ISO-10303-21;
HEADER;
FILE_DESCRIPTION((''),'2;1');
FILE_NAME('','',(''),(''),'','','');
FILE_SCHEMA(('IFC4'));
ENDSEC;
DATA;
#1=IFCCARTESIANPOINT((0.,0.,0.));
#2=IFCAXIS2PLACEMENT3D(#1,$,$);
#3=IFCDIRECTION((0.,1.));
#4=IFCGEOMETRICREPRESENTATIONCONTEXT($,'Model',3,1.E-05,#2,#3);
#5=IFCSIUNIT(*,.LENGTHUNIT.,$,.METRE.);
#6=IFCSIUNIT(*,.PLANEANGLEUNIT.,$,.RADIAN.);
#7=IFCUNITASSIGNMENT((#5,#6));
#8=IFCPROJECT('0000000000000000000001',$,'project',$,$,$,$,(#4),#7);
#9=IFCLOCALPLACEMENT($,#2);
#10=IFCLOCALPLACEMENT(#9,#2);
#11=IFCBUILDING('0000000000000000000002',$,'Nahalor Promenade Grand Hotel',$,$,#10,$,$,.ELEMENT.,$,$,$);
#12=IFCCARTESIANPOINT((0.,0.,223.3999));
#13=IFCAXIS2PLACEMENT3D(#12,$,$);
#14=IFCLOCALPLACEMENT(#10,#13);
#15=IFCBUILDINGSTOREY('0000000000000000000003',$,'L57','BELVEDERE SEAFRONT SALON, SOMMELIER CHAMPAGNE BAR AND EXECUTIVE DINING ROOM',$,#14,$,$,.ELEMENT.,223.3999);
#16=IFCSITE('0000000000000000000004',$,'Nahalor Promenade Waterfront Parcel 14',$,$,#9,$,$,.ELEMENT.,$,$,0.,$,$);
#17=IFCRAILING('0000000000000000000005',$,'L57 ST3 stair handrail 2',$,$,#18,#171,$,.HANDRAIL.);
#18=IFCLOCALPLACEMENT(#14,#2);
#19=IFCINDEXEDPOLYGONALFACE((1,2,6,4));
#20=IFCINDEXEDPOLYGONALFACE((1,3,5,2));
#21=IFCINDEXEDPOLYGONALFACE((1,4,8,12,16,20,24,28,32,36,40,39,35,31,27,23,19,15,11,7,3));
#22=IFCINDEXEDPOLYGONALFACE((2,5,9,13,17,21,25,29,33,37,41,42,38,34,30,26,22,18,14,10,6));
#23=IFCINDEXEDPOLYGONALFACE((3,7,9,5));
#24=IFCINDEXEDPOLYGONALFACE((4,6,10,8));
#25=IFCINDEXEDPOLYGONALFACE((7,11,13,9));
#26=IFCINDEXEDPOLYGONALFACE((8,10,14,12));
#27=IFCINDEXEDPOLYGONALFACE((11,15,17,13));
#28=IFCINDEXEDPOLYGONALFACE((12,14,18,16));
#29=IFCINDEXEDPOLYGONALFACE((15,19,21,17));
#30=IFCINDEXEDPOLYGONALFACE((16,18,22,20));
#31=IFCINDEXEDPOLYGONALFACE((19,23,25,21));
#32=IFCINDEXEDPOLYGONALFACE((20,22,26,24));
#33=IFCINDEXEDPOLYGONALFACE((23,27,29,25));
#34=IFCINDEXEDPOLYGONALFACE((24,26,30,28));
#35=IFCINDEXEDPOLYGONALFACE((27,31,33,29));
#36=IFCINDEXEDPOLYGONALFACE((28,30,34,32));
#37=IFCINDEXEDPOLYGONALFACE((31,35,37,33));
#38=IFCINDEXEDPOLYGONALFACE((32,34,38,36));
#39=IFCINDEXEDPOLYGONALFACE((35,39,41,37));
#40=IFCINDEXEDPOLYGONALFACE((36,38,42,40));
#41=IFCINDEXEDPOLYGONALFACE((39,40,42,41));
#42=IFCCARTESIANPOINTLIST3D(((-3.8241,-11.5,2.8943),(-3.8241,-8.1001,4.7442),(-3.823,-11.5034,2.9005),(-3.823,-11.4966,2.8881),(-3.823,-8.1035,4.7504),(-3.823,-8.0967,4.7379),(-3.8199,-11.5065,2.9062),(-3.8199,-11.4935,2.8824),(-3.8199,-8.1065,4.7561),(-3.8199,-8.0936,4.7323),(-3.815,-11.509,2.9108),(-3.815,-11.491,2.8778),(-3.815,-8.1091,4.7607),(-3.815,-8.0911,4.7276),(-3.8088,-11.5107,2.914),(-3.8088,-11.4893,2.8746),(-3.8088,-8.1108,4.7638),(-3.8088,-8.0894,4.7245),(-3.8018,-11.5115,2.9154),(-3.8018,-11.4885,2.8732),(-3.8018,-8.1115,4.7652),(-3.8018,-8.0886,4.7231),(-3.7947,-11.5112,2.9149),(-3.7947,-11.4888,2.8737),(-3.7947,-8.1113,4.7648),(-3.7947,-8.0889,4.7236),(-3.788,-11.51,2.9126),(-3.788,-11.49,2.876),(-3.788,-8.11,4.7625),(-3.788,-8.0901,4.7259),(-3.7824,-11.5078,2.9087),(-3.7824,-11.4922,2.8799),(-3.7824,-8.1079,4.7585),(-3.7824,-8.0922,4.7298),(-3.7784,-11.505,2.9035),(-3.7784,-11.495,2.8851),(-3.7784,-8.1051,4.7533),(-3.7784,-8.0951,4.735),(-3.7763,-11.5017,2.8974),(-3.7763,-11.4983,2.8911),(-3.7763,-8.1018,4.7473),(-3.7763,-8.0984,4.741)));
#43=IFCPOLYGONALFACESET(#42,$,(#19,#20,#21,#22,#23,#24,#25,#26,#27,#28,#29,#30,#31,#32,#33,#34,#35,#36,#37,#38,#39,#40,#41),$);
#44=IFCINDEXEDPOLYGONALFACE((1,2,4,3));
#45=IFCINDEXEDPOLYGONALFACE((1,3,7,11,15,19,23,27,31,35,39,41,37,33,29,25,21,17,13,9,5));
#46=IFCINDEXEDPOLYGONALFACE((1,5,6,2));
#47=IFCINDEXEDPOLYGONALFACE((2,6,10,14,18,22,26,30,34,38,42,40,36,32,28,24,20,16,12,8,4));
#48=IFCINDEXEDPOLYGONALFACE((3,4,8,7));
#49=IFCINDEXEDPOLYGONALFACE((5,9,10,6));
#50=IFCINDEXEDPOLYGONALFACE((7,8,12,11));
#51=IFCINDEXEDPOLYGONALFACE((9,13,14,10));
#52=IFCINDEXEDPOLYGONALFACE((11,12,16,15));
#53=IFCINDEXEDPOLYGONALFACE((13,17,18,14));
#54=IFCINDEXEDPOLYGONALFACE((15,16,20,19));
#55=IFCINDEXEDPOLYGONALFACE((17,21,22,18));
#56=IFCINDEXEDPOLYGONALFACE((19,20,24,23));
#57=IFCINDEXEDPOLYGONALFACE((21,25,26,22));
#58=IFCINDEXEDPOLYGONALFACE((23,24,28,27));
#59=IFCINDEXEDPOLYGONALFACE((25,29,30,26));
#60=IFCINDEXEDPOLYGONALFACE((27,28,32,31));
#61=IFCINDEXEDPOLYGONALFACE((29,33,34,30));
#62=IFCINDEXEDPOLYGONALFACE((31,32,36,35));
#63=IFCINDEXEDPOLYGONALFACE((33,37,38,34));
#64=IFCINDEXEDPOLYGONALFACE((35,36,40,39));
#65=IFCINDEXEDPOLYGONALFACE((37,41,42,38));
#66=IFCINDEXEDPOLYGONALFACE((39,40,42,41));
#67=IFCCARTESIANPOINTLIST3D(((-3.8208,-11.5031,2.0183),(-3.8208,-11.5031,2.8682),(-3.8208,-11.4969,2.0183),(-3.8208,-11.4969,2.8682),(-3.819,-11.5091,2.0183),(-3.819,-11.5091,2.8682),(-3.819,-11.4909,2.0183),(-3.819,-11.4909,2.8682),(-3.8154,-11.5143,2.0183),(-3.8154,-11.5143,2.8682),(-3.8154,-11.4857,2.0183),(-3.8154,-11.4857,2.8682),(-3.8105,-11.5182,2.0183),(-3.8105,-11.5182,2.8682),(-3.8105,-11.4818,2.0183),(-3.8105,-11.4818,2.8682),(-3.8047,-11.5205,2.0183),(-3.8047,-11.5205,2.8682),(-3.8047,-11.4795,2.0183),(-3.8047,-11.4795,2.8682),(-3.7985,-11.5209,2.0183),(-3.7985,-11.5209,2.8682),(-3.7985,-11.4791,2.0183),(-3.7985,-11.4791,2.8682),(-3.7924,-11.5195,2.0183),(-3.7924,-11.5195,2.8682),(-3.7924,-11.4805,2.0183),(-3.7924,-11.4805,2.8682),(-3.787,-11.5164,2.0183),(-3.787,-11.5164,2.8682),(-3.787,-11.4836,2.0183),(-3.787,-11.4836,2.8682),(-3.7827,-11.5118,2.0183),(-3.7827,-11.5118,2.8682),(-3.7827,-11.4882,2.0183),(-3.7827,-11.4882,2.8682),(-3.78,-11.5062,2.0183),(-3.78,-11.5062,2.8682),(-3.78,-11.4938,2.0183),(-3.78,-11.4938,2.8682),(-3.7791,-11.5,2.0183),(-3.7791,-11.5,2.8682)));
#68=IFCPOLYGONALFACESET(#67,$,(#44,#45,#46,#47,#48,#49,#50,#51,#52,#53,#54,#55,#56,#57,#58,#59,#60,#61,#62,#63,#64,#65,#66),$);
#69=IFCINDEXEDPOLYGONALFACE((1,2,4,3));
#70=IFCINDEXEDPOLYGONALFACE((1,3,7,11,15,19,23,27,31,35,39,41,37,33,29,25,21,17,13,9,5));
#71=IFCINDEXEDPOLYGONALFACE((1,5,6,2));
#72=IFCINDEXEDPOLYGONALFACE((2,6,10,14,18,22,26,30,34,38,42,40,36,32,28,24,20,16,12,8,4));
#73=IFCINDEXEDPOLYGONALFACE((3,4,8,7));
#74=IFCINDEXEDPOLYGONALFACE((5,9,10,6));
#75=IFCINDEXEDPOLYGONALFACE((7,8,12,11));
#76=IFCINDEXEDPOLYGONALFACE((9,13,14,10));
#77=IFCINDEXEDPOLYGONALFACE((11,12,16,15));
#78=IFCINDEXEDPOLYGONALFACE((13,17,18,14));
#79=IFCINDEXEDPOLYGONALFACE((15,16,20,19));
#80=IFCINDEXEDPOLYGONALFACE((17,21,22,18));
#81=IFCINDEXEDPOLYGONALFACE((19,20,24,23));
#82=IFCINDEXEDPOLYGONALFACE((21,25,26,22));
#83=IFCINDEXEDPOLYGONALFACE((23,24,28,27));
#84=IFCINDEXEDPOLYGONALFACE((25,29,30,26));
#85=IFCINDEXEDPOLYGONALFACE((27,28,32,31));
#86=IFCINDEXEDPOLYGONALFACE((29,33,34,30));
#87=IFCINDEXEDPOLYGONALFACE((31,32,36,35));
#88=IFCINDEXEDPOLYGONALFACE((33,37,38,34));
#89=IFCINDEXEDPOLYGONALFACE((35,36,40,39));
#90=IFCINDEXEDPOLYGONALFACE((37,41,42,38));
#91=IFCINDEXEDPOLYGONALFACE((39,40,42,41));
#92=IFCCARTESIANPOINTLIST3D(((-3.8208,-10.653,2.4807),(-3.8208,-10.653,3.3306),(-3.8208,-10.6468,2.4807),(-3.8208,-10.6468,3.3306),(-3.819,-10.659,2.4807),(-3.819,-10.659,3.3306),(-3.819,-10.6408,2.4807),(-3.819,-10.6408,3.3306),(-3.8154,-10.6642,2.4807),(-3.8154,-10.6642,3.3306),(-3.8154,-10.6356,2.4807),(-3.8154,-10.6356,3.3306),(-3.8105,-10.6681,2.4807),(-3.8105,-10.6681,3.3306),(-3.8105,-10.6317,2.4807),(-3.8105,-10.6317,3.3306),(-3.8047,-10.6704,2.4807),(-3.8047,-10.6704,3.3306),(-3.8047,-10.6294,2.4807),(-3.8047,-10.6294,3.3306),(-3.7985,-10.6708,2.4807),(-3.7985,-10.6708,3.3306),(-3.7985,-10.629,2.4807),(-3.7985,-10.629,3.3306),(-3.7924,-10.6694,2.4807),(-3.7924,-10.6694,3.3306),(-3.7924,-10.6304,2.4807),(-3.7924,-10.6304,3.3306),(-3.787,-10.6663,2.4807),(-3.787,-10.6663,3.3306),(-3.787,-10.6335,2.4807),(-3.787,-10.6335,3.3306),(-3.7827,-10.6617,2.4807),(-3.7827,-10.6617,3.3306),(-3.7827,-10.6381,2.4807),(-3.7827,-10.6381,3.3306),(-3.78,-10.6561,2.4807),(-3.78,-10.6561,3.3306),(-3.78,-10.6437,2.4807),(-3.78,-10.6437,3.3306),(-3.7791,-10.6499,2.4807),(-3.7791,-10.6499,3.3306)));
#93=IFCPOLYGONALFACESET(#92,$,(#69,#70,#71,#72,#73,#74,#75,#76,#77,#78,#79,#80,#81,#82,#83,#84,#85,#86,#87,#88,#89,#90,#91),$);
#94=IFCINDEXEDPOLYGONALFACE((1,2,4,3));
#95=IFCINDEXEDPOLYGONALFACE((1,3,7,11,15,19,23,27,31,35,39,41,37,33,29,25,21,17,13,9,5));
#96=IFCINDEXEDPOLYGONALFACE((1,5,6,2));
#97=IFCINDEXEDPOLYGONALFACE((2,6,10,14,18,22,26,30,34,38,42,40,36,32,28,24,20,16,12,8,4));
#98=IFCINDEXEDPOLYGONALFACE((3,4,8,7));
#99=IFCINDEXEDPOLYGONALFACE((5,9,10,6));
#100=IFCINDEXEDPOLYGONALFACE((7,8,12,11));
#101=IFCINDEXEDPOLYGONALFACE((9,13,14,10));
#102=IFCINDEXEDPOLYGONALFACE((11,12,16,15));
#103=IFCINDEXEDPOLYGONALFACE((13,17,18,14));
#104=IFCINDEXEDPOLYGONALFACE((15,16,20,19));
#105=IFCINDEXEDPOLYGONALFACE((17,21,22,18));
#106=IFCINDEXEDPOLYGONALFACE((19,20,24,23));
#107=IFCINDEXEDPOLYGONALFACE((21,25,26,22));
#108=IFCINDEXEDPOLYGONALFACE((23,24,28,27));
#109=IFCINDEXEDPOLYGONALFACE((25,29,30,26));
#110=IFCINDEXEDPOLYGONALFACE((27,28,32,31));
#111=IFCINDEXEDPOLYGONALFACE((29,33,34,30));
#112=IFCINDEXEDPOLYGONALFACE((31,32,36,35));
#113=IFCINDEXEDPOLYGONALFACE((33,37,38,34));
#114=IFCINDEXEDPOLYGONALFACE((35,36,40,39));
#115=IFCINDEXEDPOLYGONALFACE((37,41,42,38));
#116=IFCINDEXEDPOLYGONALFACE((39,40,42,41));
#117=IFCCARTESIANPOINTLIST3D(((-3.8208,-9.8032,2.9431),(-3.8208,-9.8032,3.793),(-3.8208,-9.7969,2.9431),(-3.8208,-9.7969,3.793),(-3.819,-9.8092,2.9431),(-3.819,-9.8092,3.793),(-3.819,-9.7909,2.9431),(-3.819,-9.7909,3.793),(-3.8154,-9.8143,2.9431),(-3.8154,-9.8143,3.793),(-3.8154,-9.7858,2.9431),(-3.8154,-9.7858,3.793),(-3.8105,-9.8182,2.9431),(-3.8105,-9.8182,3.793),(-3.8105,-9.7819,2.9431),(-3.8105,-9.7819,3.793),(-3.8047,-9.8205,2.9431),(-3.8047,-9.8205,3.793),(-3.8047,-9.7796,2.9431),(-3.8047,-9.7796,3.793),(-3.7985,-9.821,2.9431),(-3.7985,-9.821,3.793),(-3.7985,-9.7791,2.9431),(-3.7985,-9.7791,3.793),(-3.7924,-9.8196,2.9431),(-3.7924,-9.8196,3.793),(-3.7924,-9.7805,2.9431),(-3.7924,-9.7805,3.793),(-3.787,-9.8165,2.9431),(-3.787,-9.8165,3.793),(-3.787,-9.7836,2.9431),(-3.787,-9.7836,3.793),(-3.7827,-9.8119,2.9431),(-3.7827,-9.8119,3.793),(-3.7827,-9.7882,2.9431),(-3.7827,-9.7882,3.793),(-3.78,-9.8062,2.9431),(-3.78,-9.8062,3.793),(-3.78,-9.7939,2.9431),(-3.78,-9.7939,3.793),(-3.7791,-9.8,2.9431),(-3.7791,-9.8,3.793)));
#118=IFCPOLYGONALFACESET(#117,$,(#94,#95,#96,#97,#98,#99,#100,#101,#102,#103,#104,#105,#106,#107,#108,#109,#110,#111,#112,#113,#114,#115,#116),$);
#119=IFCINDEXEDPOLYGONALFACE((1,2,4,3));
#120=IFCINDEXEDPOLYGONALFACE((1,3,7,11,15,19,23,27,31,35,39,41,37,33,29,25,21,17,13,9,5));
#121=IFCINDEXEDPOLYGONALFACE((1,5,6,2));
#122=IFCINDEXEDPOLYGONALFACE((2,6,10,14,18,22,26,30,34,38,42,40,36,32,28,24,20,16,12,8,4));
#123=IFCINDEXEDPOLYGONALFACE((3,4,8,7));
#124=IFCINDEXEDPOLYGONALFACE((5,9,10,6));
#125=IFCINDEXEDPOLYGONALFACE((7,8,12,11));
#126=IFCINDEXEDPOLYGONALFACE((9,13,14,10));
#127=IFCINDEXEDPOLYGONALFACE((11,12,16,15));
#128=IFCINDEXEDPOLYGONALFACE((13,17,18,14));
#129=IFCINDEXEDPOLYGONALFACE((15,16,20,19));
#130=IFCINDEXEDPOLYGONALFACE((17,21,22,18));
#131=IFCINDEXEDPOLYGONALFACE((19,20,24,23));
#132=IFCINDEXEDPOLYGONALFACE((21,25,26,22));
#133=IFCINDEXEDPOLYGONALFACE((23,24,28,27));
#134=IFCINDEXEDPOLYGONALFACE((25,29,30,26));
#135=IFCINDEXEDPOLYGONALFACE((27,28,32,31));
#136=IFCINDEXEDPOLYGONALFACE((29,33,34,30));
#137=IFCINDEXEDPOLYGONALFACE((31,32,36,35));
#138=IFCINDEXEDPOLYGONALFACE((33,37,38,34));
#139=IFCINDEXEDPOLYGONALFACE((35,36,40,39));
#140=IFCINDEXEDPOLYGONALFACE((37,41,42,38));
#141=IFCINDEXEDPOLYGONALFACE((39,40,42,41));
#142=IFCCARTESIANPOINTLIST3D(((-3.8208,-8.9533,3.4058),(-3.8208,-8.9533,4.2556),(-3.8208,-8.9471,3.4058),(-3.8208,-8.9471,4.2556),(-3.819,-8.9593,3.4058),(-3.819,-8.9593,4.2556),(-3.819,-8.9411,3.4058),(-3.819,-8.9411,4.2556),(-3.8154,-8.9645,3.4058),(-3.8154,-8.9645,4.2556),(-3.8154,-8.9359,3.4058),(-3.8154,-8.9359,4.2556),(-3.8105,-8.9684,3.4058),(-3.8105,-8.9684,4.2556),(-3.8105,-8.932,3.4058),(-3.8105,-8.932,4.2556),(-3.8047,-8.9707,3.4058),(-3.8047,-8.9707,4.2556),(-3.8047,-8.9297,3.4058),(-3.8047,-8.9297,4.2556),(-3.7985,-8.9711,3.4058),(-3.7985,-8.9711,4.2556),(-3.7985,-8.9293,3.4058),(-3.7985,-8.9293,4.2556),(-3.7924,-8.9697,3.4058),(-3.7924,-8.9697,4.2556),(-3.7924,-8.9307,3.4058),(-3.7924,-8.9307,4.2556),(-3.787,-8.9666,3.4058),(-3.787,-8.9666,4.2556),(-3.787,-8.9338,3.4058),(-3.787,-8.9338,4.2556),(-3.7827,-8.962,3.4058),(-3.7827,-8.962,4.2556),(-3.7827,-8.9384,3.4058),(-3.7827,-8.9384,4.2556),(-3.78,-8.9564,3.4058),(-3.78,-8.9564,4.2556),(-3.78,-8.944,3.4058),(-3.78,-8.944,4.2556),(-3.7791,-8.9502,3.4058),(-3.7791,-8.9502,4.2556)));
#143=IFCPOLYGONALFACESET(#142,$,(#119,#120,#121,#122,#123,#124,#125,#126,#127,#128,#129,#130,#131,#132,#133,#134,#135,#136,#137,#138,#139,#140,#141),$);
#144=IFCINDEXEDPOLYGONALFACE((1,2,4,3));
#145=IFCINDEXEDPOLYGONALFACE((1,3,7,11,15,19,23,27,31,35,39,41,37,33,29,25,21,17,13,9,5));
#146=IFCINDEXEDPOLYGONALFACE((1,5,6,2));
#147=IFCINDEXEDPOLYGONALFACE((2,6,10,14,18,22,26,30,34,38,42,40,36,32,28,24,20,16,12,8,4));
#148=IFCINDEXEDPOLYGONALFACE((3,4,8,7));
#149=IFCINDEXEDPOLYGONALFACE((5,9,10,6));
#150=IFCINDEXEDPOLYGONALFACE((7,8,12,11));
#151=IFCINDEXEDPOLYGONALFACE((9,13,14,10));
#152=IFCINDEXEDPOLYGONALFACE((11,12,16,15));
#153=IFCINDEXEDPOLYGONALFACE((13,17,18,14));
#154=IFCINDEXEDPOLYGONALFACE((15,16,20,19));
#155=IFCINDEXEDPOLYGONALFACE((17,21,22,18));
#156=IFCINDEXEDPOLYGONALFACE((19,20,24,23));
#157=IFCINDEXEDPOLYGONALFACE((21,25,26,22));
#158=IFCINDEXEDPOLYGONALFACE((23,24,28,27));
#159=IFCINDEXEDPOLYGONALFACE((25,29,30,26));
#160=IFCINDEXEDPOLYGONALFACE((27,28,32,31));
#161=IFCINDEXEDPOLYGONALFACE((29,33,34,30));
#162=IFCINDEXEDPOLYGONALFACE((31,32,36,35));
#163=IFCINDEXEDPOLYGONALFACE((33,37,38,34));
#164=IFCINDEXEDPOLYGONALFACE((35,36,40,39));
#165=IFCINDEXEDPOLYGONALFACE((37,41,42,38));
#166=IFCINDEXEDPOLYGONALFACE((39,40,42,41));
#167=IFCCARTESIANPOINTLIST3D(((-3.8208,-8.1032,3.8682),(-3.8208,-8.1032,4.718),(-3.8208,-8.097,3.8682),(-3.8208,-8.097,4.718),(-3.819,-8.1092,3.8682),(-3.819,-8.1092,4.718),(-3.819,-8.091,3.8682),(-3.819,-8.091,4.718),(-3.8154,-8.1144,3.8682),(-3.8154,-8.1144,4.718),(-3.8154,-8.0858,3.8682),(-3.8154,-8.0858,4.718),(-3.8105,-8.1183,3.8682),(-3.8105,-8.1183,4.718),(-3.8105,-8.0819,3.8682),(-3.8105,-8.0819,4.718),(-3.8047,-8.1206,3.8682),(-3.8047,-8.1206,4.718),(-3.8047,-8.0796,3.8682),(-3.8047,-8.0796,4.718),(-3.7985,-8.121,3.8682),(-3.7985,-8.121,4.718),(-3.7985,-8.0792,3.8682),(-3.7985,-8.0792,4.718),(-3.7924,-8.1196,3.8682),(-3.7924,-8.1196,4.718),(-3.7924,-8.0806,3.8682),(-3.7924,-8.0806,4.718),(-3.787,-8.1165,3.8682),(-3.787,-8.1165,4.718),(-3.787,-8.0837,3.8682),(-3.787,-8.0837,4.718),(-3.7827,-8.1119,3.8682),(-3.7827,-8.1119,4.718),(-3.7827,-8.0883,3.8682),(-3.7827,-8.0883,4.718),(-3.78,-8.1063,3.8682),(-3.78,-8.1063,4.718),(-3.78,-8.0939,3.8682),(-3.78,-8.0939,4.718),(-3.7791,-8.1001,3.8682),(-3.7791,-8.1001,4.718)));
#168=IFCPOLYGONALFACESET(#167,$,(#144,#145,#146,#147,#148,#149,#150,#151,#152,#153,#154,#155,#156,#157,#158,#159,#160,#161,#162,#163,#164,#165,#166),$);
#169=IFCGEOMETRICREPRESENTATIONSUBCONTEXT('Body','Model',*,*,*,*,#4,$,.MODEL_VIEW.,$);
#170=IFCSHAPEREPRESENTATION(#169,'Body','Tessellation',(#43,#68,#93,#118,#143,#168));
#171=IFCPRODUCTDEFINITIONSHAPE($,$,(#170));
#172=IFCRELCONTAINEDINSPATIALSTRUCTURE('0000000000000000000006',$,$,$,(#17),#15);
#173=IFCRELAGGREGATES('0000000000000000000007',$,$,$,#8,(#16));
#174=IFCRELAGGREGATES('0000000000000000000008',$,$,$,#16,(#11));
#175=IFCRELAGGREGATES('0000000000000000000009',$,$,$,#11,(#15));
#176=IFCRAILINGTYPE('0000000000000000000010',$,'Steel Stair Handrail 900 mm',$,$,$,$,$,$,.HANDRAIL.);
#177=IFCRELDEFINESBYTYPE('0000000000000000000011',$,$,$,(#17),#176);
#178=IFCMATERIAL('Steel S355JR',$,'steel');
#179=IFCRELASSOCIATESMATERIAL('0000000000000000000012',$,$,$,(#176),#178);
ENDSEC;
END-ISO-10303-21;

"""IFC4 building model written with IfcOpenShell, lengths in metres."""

from ifc_helpers import new_model, si_unit, direction, frame, origin, origin_2d, place, context, subcontext, project, spatial, circle, extrude, material, type_object, element, save


model = new_model("IFC4")

# Units and contexts
model_context = context("Model", 3, precision=1e-05, world=origin(), true_north=direction((0.0, 1.0)))
body_context = subcontext(model_context, "Body", "Model", "MODEL_VIEW")
ifc_project = project(units=[si_unit("LENGTHUNIT", "METRE"), si_unit("PLANEANGLEUNIT", "RADIAN")], contexts=[model_context])

# Site, building, storey
site_placement = place(None, origin())
site = spatial("IfcSite", under=ifc_project, at=site_placement, Name="Nahalor Promenade Waterfront Parcel 14", CompositionType="ELEMENT", RefElevation=0.0)
building_placement = place(site_placement, origin())
building = spatial("IfcBuilding", under=site, at=building_placement, Name="Nahalor Promenade Grand Hotel", CompositionType="ELEMENT")
storey_placement = place(building_placement, frame((0.0, 0.0, 223.3999)))
storey = spatial("IfcBuildingStorey", under=building, at=storey_placement, Name="L57", Description="BELVEDERE SEAFRONT SALON, SOMMELIER CHAMPAGNE BAR AND EXECUTIVE DINING ROOM", CompositionType="ELEMENT", Elevation=223.3999)

# Shared definitions
ifc_material_1 = material(Name="Steel S355JR", Category="steel")

# Railing
railing_type_1 = type_object("IfcRailingType", Name="Steel Stair Handrail 900 mm", PredefinedType="HANDRAIL", material=ifc_material_1)
railing_1_placement = place(storey_placement, frame((-3.8, -11.5, 2.0183)))
element("IfcRailing", 1, at=railing_1_placement, inside=storey, type_object=railing_type_1, Name="L57 ST3 stair handrail 2", PredefinedType="HANDRAIL", context=body_context, shape_type="SweptSolid", body=[
    extrude(circle(Radius=0.024, at=origin_2d()), frame((0.0, 0.0, 0.876), z_axis=(0.0, 0.878399, 0.477928), x_axis=(-1.0, 0.0, 0.0)), (0.0, 0.0, 1.0), 3.8706),
    extrude(circle(Radius=0.021, at=origin_2d()), origin(), (0.0, 0.0, 1.0), 0.8499),
    extrude(circle(Radius=0.021, at=origin_2d()), frame((0.0, 0.8501, 0.4624)), (0.0, 0.0, 1.0), 0.8499),
    extrude(circle(Radius=0.021, at=origin_2d()), frame((0.0, 1.7, 0.9248)), (0.0, 0.0, 1.0), 0.8499),
    extrude(circle(Radius=0.021, at=origin_2d()), frame((0.0, 2.5498, 1.3875)), (0.0, 0.0, 1.0), 0.8499),
    extrude(circle(Radius=0.021, at=origin_2d()), frame((0.0, 3.3999, 1.8499)), (0.0, 0.0, 1.0), 0.8499),
])

save(model, "model.ifc")
